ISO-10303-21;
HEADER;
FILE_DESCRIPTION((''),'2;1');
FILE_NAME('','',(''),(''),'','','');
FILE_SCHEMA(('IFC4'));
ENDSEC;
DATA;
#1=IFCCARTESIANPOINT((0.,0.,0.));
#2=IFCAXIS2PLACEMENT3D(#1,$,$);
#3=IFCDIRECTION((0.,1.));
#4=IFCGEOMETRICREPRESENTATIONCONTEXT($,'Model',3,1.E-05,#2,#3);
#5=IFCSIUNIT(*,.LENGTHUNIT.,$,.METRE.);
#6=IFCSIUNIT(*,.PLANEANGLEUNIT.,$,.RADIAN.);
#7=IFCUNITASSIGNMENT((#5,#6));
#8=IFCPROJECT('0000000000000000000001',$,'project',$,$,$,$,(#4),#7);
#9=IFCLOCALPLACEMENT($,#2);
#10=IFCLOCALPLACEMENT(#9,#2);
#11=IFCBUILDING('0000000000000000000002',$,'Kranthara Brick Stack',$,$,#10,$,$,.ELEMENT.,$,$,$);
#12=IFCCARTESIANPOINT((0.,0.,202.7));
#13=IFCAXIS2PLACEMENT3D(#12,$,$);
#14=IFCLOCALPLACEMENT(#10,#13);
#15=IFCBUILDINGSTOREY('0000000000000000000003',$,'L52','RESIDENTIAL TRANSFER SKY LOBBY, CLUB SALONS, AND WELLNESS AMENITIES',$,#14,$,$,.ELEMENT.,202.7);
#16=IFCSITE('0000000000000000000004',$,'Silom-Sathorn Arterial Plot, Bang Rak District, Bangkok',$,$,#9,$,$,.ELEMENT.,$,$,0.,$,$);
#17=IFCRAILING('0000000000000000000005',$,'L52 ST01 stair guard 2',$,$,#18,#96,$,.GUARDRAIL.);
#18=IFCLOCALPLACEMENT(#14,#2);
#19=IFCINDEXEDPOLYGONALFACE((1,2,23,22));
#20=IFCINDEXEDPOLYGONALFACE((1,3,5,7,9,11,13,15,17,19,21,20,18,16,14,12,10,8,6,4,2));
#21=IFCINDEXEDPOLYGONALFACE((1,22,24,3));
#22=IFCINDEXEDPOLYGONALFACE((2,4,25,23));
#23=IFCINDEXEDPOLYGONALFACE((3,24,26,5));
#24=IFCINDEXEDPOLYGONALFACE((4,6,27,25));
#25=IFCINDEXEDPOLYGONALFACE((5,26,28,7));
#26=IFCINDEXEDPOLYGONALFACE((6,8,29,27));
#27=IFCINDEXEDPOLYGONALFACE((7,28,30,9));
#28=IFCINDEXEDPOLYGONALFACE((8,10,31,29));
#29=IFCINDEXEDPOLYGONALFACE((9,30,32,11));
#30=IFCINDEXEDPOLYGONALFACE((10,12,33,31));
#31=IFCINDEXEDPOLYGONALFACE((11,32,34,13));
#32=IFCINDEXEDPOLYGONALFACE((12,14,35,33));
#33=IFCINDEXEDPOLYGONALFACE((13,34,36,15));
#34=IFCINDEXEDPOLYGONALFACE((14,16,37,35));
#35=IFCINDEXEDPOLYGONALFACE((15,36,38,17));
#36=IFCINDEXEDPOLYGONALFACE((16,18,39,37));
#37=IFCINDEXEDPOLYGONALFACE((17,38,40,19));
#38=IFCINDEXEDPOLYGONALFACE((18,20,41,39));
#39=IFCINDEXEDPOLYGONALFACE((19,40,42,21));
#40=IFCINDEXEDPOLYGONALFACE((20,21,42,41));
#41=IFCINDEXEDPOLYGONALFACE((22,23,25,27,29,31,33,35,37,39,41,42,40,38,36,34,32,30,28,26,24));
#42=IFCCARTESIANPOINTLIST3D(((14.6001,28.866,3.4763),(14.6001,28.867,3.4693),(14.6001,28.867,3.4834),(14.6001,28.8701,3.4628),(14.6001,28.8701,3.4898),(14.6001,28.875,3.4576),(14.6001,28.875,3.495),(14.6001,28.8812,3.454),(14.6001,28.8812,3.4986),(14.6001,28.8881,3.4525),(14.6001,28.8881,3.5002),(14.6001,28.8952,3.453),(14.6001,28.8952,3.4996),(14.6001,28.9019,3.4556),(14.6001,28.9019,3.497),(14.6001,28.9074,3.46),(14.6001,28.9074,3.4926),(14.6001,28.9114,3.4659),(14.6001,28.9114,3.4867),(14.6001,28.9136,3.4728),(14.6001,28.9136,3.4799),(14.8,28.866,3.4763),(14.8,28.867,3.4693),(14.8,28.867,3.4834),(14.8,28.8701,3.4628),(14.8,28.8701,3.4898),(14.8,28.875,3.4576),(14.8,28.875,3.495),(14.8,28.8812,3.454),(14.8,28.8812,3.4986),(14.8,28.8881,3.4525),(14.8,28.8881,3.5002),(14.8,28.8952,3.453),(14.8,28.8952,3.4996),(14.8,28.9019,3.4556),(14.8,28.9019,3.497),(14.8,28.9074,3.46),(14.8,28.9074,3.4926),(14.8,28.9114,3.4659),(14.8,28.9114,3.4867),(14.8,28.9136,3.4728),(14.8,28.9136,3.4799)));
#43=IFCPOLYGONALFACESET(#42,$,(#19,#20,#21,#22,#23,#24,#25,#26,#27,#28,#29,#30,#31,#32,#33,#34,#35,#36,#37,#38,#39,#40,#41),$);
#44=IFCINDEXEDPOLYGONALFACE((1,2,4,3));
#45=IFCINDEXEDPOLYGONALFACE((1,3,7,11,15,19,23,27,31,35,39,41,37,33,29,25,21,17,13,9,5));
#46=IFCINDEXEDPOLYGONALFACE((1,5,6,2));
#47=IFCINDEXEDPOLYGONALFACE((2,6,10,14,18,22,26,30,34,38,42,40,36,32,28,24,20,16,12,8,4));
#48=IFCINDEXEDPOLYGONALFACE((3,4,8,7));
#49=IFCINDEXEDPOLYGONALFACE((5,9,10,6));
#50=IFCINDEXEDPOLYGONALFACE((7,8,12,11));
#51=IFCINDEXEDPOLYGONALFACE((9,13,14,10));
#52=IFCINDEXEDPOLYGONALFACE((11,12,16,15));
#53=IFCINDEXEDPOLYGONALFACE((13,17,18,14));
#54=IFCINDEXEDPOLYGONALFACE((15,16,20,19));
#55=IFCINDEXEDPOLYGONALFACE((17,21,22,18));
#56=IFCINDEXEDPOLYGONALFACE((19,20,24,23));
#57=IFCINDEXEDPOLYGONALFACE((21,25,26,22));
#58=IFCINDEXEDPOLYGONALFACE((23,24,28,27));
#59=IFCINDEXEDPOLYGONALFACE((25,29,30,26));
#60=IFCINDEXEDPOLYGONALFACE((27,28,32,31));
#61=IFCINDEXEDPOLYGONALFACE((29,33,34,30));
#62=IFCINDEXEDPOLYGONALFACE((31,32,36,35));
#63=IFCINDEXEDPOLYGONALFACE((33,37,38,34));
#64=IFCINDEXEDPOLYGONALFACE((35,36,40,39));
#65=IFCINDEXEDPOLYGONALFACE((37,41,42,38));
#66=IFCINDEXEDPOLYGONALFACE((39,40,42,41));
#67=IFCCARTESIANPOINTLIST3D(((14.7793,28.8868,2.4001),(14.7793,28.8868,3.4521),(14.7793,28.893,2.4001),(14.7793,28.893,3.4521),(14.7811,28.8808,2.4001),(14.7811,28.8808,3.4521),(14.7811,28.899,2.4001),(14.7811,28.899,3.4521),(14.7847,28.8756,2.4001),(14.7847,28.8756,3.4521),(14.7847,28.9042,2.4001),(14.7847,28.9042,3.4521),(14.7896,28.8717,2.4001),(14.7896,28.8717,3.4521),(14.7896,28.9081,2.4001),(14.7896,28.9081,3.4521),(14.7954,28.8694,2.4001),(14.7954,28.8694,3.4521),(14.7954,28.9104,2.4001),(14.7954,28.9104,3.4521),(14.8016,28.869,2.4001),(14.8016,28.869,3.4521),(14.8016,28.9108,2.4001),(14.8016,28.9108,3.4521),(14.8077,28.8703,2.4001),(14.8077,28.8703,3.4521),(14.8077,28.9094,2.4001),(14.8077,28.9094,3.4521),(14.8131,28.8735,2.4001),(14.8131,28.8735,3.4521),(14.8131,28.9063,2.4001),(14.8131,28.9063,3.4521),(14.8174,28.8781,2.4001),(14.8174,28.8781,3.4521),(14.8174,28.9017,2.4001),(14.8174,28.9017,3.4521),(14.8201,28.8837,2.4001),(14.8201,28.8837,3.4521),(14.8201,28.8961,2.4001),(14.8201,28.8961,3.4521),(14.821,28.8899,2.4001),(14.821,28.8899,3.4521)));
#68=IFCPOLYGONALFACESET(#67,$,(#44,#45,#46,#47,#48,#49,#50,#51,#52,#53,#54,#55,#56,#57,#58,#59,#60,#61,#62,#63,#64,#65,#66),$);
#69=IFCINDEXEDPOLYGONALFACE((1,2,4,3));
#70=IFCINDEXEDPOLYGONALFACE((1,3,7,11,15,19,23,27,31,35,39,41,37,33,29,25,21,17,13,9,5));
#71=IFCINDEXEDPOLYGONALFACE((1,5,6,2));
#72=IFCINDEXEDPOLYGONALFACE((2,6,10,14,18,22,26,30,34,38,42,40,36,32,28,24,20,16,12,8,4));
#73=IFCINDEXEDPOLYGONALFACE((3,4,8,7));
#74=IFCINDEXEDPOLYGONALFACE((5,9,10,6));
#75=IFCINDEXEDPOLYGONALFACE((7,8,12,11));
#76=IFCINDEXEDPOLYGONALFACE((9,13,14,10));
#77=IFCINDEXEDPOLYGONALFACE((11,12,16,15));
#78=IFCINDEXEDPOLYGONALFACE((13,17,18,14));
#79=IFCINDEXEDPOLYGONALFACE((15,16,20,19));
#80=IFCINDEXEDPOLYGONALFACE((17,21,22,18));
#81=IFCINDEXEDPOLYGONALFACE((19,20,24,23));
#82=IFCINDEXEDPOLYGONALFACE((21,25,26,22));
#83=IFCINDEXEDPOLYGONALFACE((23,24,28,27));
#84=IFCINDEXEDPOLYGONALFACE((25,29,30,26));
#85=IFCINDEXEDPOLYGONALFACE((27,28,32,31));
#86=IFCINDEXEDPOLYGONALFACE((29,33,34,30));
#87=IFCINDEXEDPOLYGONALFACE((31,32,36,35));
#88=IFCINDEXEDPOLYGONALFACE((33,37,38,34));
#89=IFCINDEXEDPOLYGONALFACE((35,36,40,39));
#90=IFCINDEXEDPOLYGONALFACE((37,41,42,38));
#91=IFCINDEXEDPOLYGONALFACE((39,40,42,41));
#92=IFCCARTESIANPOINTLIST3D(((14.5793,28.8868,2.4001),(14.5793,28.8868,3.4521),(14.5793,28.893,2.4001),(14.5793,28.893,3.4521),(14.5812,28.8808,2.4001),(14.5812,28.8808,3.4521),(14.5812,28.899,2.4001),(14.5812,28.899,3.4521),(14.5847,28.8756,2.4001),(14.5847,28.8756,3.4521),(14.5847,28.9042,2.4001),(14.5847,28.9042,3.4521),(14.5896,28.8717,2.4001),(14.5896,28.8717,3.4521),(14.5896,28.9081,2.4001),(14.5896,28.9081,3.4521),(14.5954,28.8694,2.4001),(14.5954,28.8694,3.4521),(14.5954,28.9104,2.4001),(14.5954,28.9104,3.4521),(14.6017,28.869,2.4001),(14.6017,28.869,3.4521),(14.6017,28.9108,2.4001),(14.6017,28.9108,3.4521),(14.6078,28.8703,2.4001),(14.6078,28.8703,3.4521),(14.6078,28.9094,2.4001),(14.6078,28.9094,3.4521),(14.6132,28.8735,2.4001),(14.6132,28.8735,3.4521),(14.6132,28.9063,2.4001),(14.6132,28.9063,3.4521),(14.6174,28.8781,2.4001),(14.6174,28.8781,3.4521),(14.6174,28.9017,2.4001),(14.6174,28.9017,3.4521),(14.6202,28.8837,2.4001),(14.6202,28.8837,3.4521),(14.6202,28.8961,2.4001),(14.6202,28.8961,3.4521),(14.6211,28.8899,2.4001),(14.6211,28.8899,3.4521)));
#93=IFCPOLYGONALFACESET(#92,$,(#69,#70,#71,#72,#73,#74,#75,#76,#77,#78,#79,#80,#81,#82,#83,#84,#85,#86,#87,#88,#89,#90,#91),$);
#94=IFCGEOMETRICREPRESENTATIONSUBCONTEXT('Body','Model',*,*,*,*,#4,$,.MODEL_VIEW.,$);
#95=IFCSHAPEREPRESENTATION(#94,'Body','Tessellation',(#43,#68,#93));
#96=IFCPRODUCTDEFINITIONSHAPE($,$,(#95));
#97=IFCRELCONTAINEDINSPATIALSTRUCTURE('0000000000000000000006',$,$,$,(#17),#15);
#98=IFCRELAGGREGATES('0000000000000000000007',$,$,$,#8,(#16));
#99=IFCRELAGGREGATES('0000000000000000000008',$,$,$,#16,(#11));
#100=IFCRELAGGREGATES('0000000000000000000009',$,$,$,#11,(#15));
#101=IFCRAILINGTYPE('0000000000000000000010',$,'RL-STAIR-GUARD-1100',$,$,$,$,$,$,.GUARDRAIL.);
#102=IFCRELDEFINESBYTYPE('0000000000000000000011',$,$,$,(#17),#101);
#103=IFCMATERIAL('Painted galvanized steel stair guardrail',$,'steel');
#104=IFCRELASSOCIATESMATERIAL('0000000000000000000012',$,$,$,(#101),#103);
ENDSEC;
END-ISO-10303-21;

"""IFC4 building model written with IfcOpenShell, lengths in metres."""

from ifc_helpers import new_model, si_unit, direction, frame, origin, origin_2d, place, context, subcontext, project, spatial, circle, extrude, material, type_object, element, save


model = new_model("IFC4")

# Units and contexts
model_context = context("Model", 3, precision=1e-05, world=origin(), true_north=direction((0.0, 1.0)))
body_context = subcontext(model_context, "Body", "Model", "MODEL_VIEW")
ifc_project = project(units=[si_unit("LENGTHUNIT", "METRE"), si_unit("PLANEANGLEUNIT", "RADIAN")], contexts=[model_context])

# Site, building, storey
site_placement = place(None, origin())
site = spatial("IfcSite", under=ifc_project, at=site_placement, Name="Silom-Sathorn Arterial Plot, Bang Rak District, Bangkok", CompositionType="ELEMENT", RefElevation=0.0)
building_placement = place(site_placement, origin())
building = spatial("IfcBuilding", under=site, at=building_placement, Name="Kranthara Brick Stack", CompositionType="ELEMENT")
storey_placement = place(building_placement, frame((0.0, 0.0, 202.7)))
storey = spatial("IfcBuildingStorey", under=building, at=storey_placement, Name="L52", Description="RESIDENTIAL TRANSFER SKY LOBBY, CLUB SALONS, AND WELLNESS AMENITIES", CompositionType="ELEMENT", Elevation=202.7)

# Railing
ifc_material_1 = material(Name="Painted galvanized steel stair guardrail", Category="steel")
railing_type_1 = type_object("IfcRailingType", Name="RL-STAIR-GUARD-1100", PredefinedType="GUARDRAIL", material=ifc_material_1)
railing_1_placement = place(storey_placement, frame((14.8, 28.8899, 2.4001)))
element("IfcRailing", 1, at=railing_1_placement, inside=storey, type_object=railing_type_1, Name="L52 ST01 stair guard 2", PredefinedType="GUARDRAIL", context=body_context, shape_type="SweptSolid", body=[
    extrude(circle(Radius=0.0239, at=origin_2d()), frame((0.0, 0.0, 1.0762), z_axis=(-1.0, 0.0, 0.0), x_axis=(0.0, -1.0, 0.0)), (0.0, 0.0, 1.0), 0.2),
    extrude(circle(Radius=0.021, at=origin_2d()), origin(), (0.0, 0.0, 1.0), 1.052),
    extrude(circle(Radius=0.021, at=origin_2d()), frame((-0.2, 0.0, 0.0)), (0.0, 0.0, 1.0), 1.052),
])

save(model, "model.ifc")
